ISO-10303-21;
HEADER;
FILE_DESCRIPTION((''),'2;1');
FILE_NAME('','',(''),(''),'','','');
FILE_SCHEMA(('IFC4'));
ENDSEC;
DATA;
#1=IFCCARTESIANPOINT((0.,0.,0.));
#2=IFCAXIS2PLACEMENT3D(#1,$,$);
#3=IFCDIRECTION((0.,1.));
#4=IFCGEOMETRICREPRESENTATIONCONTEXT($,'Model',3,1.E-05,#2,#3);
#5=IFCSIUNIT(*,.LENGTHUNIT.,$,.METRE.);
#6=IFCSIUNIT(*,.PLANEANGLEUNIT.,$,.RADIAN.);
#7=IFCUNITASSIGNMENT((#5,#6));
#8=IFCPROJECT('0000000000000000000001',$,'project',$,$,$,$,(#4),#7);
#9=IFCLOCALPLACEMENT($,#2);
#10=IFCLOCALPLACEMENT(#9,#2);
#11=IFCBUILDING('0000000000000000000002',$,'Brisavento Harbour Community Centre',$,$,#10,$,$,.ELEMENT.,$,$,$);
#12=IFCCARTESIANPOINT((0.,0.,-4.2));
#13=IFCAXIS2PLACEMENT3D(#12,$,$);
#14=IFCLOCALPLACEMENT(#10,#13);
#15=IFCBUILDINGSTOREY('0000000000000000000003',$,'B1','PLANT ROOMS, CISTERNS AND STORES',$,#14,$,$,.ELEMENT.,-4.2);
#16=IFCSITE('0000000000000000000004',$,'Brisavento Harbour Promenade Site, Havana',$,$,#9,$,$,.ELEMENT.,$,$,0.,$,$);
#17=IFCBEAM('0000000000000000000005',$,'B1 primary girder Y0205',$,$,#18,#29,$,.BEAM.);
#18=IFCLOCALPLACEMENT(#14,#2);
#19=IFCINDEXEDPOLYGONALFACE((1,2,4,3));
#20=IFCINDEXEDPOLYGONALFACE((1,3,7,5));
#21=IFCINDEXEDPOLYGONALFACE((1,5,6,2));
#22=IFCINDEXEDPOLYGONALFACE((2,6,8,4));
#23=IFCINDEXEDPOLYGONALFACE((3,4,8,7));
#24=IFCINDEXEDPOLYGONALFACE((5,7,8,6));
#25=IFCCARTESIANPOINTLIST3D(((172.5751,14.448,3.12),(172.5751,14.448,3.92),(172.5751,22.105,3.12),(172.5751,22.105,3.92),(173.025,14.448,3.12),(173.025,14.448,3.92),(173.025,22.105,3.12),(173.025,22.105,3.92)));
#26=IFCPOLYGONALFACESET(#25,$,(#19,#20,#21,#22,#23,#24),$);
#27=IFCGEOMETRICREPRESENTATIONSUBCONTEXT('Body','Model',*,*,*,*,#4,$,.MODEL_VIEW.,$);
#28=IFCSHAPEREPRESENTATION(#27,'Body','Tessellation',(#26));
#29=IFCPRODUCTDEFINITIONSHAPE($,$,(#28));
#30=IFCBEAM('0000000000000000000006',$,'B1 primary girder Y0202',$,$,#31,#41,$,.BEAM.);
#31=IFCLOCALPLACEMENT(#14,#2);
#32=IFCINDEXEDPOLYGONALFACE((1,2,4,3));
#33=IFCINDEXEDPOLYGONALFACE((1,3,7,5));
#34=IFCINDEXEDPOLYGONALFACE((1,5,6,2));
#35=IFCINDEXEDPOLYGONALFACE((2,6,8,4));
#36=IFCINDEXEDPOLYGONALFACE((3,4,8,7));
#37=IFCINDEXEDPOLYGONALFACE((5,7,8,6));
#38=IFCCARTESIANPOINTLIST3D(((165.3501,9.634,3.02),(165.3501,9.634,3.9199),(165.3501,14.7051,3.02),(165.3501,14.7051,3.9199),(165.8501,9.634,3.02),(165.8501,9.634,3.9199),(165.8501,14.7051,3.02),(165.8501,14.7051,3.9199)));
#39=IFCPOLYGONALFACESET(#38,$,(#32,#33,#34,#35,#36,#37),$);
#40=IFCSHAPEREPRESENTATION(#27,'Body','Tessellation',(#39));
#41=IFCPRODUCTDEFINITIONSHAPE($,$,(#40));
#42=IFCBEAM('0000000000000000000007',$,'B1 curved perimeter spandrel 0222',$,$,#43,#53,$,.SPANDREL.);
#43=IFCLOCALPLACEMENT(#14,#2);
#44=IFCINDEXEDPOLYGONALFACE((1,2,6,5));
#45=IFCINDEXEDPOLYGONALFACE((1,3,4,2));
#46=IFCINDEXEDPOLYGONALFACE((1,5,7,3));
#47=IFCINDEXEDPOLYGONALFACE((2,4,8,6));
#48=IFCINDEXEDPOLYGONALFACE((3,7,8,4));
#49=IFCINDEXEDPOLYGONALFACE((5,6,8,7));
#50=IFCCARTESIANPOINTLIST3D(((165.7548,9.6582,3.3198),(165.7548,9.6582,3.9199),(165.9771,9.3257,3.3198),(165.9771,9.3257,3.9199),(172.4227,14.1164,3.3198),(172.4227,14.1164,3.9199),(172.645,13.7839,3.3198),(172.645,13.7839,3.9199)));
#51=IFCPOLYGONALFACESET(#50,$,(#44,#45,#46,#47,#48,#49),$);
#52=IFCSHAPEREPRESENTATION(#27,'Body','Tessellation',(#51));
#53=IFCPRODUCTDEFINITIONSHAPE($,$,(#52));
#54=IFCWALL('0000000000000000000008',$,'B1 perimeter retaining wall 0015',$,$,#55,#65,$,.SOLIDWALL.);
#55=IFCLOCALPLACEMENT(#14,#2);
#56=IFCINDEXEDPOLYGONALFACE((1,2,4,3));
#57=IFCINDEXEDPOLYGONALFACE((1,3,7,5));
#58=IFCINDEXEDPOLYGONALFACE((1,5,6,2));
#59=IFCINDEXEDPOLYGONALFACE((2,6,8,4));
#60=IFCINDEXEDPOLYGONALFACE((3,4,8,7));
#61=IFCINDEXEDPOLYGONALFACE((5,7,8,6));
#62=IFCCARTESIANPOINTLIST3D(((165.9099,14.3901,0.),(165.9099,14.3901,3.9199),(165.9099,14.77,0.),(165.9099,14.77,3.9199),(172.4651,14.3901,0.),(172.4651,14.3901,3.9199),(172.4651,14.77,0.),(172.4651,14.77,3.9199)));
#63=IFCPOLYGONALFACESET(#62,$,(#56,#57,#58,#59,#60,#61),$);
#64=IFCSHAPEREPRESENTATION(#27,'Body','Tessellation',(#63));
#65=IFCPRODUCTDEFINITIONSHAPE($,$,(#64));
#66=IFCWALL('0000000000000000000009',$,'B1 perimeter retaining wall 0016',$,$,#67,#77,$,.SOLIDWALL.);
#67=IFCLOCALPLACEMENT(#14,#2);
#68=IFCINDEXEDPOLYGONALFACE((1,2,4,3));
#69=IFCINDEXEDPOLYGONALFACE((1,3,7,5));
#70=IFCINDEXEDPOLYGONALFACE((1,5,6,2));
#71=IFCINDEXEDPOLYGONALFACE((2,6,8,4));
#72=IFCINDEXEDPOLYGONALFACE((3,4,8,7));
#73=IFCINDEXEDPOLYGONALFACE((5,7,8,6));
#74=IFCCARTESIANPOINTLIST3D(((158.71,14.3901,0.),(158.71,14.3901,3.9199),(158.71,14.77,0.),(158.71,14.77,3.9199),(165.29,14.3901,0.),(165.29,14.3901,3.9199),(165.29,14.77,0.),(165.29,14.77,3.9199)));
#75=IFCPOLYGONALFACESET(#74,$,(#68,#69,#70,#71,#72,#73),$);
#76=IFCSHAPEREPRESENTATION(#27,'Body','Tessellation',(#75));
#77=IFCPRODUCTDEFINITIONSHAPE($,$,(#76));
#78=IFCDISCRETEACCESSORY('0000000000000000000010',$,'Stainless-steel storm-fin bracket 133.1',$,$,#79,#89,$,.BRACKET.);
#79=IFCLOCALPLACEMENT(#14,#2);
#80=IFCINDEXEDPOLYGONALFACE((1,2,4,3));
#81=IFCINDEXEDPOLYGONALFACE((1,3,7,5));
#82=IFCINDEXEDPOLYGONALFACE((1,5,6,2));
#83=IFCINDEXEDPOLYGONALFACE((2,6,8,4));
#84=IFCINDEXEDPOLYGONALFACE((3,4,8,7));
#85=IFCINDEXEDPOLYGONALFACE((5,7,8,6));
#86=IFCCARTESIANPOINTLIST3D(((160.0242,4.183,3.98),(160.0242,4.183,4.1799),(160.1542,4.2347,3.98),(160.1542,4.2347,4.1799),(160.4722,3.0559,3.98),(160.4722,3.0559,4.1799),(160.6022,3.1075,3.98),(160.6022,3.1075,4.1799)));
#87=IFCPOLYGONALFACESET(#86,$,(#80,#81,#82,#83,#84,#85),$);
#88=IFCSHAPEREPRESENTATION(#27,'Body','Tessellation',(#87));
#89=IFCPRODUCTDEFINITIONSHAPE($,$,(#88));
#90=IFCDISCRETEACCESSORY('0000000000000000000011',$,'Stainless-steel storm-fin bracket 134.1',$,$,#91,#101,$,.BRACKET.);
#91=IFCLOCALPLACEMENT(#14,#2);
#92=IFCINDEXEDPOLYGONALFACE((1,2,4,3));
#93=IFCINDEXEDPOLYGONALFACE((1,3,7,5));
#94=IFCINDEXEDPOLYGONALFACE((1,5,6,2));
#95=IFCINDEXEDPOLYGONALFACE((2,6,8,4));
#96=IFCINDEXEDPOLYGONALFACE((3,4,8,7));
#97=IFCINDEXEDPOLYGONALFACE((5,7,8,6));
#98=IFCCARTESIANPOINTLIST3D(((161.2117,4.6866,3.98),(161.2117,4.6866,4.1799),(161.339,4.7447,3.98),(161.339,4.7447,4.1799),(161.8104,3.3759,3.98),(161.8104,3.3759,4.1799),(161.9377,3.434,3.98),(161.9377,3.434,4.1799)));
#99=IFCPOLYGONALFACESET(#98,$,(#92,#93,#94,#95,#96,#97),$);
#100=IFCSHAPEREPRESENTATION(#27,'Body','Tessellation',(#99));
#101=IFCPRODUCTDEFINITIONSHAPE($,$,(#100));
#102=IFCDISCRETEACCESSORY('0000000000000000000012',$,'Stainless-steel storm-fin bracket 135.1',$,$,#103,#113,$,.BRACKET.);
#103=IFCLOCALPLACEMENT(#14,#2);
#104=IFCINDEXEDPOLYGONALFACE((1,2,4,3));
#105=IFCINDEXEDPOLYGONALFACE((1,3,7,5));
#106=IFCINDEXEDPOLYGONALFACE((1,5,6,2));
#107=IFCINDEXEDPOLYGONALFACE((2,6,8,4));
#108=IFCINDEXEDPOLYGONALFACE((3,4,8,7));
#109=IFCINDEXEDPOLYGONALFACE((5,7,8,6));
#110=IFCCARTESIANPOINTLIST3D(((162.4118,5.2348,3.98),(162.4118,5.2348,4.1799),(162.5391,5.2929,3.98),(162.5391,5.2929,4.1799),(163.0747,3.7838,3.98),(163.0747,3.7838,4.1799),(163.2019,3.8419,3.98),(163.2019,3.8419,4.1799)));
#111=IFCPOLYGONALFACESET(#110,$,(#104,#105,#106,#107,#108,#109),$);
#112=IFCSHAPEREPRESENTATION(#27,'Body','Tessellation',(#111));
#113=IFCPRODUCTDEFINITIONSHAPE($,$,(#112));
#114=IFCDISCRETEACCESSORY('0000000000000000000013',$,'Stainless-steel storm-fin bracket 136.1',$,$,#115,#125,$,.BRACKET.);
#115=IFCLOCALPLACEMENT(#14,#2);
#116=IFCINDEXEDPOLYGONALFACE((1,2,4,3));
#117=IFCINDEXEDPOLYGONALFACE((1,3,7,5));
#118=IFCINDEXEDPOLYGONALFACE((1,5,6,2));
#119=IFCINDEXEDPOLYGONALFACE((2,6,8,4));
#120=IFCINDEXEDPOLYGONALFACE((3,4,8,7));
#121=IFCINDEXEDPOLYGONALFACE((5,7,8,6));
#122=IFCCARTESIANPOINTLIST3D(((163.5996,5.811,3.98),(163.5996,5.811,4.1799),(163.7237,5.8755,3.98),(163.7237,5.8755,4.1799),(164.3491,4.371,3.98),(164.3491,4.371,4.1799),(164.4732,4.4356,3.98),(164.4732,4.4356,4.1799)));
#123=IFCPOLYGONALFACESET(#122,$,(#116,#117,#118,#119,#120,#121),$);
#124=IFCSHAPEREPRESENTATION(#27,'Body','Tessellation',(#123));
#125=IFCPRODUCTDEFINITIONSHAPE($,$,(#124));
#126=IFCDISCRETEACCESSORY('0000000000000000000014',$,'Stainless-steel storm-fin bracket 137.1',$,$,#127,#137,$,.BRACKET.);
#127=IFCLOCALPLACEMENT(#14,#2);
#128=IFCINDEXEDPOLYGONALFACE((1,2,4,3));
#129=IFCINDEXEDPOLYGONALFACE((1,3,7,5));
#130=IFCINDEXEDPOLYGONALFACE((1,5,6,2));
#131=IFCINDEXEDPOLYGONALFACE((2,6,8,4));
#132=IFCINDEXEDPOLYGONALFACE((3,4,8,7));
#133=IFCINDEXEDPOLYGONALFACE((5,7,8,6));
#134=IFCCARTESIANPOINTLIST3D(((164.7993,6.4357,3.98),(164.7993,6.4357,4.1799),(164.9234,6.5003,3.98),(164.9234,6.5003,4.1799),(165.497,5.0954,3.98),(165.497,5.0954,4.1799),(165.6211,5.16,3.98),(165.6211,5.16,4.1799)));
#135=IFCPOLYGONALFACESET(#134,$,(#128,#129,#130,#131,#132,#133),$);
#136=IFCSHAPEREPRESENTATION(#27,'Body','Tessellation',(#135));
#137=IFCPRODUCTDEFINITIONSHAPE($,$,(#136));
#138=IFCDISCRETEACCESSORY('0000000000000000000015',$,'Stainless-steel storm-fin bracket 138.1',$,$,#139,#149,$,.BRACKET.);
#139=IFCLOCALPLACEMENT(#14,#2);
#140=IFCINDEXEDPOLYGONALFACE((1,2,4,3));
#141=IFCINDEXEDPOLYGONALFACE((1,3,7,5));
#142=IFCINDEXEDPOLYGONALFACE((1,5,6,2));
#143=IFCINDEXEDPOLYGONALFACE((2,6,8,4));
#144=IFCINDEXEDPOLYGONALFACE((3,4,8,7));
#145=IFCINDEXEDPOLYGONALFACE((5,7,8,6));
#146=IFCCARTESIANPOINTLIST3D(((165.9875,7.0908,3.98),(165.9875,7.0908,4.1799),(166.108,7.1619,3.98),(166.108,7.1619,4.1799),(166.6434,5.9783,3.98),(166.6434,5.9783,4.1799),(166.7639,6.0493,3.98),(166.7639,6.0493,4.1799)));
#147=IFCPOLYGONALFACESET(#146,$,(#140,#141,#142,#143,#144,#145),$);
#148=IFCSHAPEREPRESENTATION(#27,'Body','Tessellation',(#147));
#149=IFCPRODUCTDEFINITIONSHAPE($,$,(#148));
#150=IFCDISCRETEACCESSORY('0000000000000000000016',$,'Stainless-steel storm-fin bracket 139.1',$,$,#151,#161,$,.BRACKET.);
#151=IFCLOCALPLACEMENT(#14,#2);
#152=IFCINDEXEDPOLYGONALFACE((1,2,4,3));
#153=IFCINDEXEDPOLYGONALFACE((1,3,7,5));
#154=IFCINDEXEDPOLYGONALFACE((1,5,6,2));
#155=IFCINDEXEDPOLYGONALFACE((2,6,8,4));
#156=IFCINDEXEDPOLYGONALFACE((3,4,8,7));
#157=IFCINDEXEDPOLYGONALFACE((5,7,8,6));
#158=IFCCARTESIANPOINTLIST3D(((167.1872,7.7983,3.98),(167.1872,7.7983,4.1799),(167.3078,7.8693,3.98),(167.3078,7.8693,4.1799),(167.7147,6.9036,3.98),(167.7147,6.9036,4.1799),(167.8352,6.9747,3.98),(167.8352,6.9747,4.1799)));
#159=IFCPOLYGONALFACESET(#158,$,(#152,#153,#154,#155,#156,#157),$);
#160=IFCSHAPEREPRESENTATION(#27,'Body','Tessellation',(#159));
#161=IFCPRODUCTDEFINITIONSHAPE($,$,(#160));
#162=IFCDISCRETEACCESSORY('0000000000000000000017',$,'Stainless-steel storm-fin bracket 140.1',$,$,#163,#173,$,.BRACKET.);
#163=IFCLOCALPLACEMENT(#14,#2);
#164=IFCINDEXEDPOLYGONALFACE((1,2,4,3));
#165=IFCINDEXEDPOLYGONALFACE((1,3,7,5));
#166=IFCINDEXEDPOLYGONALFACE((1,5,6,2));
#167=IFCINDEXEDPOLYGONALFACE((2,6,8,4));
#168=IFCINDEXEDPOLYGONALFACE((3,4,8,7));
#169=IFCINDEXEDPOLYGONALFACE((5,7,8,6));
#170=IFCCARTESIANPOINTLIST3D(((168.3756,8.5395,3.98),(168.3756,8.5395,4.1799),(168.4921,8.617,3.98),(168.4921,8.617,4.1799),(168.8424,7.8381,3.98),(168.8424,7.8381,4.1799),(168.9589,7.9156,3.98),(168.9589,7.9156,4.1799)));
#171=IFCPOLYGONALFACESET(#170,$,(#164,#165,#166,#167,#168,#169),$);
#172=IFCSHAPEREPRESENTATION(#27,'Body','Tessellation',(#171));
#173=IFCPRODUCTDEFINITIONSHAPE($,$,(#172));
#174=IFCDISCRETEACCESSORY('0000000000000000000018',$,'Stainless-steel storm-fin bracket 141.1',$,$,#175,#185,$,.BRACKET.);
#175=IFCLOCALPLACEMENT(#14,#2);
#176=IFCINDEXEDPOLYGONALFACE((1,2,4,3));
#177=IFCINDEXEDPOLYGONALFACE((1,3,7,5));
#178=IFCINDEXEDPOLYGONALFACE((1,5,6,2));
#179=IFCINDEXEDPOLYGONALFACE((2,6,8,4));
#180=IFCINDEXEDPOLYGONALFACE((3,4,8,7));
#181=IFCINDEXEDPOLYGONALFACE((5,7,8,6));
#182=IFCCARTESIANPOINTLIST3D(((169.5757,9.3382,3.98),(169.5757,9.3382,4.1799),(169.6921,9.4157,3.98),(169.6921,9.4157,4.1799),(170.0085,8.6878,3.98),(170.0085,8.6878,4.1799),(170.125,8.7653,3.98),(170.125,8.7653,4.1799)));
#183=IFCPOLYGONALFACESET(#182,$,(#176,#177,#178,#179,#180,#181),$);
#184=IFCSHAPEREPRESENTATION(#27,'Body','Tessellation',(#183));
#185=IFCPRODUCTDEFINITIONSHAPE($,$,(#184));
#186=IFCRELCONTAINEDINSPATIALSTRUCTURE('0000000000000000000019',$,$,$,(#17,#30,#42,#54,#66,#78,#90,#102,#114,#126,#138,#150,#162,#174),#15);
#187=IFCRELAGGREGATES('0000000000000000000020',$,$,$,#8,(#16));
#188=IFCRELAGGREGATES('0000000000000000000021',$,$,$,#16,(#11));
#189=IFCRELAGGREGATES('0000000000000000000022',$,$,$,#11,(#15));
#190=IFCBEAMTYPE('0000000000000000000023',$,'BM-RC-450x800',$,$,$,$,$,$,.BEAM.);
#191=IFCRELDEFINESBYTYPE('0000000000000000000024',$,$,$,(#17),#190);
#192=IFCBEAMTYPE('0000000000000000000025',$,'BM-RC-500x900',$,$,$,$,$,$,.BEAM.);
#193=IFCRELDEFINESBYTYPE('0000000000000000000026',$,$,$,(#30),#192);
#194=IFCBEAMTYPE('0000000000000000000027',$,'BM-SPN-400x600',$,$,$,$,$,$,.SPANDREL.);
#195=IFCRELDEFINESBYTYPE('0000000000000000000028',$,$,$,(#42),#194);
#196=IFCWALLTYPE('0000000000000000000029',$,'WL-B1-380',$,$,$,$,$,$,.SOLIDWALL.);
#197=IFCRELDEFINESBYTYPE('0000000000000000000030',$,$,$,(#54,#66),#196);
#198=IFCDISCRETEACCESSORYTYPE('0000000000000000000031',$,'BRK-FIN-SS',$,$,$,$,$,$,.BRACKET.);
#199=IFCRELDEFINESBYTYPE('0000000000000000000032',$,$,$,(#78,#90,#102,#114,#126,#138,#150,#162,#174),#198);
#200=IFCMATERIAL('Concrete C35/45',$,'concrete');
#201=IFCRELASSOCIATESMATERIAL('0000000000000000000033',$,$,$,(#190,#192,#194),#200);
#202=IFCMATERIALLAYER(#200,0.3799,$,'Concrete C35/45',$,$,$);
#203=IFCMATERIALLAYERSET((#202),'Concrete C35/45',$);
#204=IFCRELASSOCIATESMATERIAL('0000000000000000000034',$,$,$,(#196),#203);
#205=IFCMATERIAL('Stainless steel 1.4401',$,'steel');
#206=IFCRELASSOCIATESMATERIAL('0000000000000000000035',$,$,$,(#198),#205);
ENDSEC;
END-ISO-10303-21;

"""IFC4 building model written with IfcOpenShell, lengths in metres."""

from ifc_helpers import new_model, si_unit, direction, frame, frame_2d, origin, origin_2d, place, context, subcontext, project, spatial, rectangle, extrude, material, layer, layer_set, material_profile, profile_set, type_object, element, save


model = new_model("IFC4")

# Units and contexts
model_context = context("Model", 3, precision=1e-05, world=origin(), true_north=direction((0.0, 1.0)))
body_context = subcontext(model_context, "Body", "Model", "MODEL_VIEW")
ifc_project = project(units=[si_unit("LENGTHUNIT", "METRE"), si_unit("PLANEANGLEUNIT", "RADIAN")], contexts=[model_context])

# Site, building, storey
site_placement = place(None, origin())
site = spatial("IfcSite", under=ifc_project, at=site_placement, Name="Brisavento Harbour Promenade Site, Havana", CompositionType="ELEMENT", RefElevation=0.0)
building_placement = place(site_placement, origin())
building = spatial("IfcBuilding", under=site, at=building_placement, Name="Brisavento Harbour Community Centre", CompositionType="ELEMENT")
storey_placement = place(building_placement, frame((0.0, 0.0, -4.2)))
storey = spatial("IfcBuildingStorey", under=building, at=storey_placement, Name="B1", Description="PLANT ROOMS, CISTERNS AND STORES", CompositionType="ELEMENT", Elevation=-4.2)

# Shared definitions
ifc_material_1 = material(Name="Concrete C35/45", Category="concrete")

# Beams
ifc_material_profile_1 = material_profile(ifc_material_1, rectangle(XDim=0.45, YDim=0.8, at=origin_2d()), Name="Concrete C35/45")
ifc_profile_set_1 = profile_set([ifc_material_profile_1], Name="Concrete C35/45")
beam_type_1 = type_object("IfcBeamType", Name="BM-RC-450x800", PredefinedType="BEAM", material=ifc_profile_set_1)
beam_1_placement = place(storey_placement, frame((172.8, 14.448, 3.52), z_axis=(0.0, 1.0, 0.0), x_axis=(-1.0, 0.0, 0.0)))
element("IfcBeam", 1, at=beam_1_placement, inside=storey, type_object=beam_type_1, Name="B1 primary girder Y0205", PredefinedType="BEAM", context=body_context, shape_type="SweptSolid", body=[
    extrude(rectangle(XDim=0.45, YDim=0.8, at=origin_2d()), origin(), (0.0, 0.0, 1.0), 7.657),
])
ifc_material_profile_2 = material_profile(ifc_material_1, rectangle(XDim=0.5, YDim=0.8999, at=origin_2d()), Name="Concrete C35/45")
ifc_profile_set_2 = profile_set([ifc_material_profile_2], Name="Concrete C35/45")
beam_type_2 = type_object("IfcBeamType", Name="BM-RC-500x900", PredefinedType="BEAM", material=ifc_profile_set_2)
beam_2_placement = place(storey_placement, frame((165.6001, 9.634, 3.47), z_axis=(0.0, 1.0, 0.0), x_axis=(-1.0, 0.0, 0.0)))
element("IfcBeam", 2, at=beam_2_placement, inside=storey, type_object=beam_type_2, Name="B1 primary girder Y0202", PredefinedType="BEAM", context=body_context, shape_type="SweptSolid", body=[
    extrude(rectangle(XDim=0.5, YDim=0.8999, at=origin_2d()), origin(), (0.0, 0.0, 1.0), 5.071),
])
ifc_material_profile_3 = material_profile(ifc_material_1, rectangle(XDim=0.3999, YDim=0.6001, at=origin_2d()), Name="Concrete C35/45")
ifc_profile_set_3 = profile_set([ifc_material_profile_3], Name="Concrete C35/45")
beam_type_3 = type_object("IfcBeamType", Name="BM-SPN-400x600", PredefinedType="SPANDREL", material=ifc_profile_set_3)
beam_3_placement = place(storey_placement, frame((165.866, 9.4919, 3.6199), z_axis=(0.831305, 0.555817, 0.0), x_axis=(-0.555817, 0.831305, 0.0)))
element("IfcBeam", 3, at=beam_3_placement, inside=storey, type_object=beam_type_3, Name="B1 curved perimeter spandrel 0222", PredefinedType="SPANDREL", context=body_context, shape_type="SweptSolid", body=[
    extrude(rectangle(XDim=0.3999, YDim=0.6001, at=origin_2d()), origin(), (0.0, 0.0, 1.0), 8.021),
])

# Walls
ifc_layer = layer(ifc_material_1, 0.3799, Name="Concrete C35/45")
ifc_layer_set = layer_set([ifc_layer], Name="Concrete C35/45")
wall_type = type_object("IfcWallType", Name="WL-B1-380", PredefinedType="SOLIDWALL", material=ifc_layer_set)
wall_1_placement = place(storey_placement, frame((172.4651, 14.5801, 0.0), z_axis=(0.0, 0.0, 1.0), x_axis=(-1.0, 0.0, 0.0)))
element("IfcWall", 4, at=wall_1_placement, inside=storey, type_object=wall_type, Name="B1 perimeter retaining wall 0015", PredefinedType="SOLIDWALL", context=body_context, shape_type="SweptSolid", body=[
    extrude(rectangle(XDim=6.5552, YDim=0.3799, at=frame_2d((3.2776, 0.0))), origin(), (0.0, 0.0, 1.0), 3.9199),
])
wall_2_placement = place(storey_placement, frame((165.29, 14.5801, 0.0), z_axis=(0.0, 0.0, 1.0), x_axis=(-1.0, 0.0, 0.0)))
element("IfcWall", 5, at=wall_2_placement, inside=storey, type_object=wall_type, Name="B1 perimeter retaining wall 0016", PredefinedType="SOLIDWALL", context=body_context, shape_type="SweptSolid", body=[
    extrude(rectangle(XDim=6.5801, YDim=0.3799, at=frame_2d((3.29, 0.0))), origin(), (0.0, 0.0, 1.0), 3.9199),
])

# Discrete accessories
ifc_material_2 = material(Name="Stainless steel 1.4401", Category="steel")
discrete_accessory_type = type_object("IfcDiscreteAccessoryType", Name="BRK-FIN-SS", PredefinedType="BRACKET", material=ifc_material_2)
discrete_accessory_1_placement = place(storey_placement, frame((160.3132, 3.6453, 3.98), z_axis=(0.0, 0.0, 1.0), x_axis=(0.369341, -0.929294, 0.0)))
element("IfcDiscreteAccessory", 6, at=discrete_accessory_1_placement, inside=storey, type_object=discrete_accessory_type, Name="Stainless-steel storm-fin bracket 133.1", PredefinedType="BRACKET", context=body_context, shape_type="SweptSolid", body=[
    extrude(rectangle(XDim=1.2129, YDim=0.1399, at=origin_2d()), origin(), (0.0, 0.0, 1.0), 0.2),
])
discrete_accessory_2_placement = place(storey_placement, frame((161.5747, 4.0603, 3.98), z_axis=(0.0, 0.0, 1.0), x_axis=(0.415519, -0.909585, 0.0)))
element("IfcDiscreteAccessory", 7, at=discrete_accessory_2_placement, inside=storey, type_object=discrete_accessory_type, Name="Stainless-steel storm-fin bracket 134.1", PredefinedType="BRACKET", context=body_context, shape_type="SweptSolid", body=[
    extrude(rectangle(XDim=1.4409, YDim=0.1399, at=origin_2d()), origin(), (0.0, 0.0, 1.0), 0.2),
])
discrete_accessory_3_placement = place(storey_placement, frame((162.8069, 4.5383, 3.98), z_axis=(0.0, 0.0, 1.0), x_axis=(0.415519, -0.909585, 0.0)))
element("IfcDiscreteAccessory", 8, at=discrete_accessory_3_placement, inside=storey, type_object=discrete_accessory_type, Name="Stainless-steel storm-fin bracket 135.1", PredefinedType="BRACKET", context=body_context, shape_type="SweptSolid", body=[
    extrude(rectangle(XDim=1.5952, YDim=0.1399, at=origin_2d()), origin(), (0.0, 0.0, 1.0), 0.2),
])
discrete_accessory_4_placement = place(storey_placement, frame((164.0364, 5.1233, 3.98), z_axis=(0.0, 0.0, 1.0), x_axis=(0.461702, -0.887035, 0.0)))
element("IfcDiscreteAccessory", 9, at=discrete_accessory_4_placement, inside=storey, type_object=discrete_accessory_type, Name="Stainless-steel storm-fin bracket 136.1", PredefinedType="BRACKET", context=body_context, shape_type="SweptSolid", body=[
    extrude(rectangle(XDim=1.6233, YDim=0.1399, at=origin_2d()), origin(), (0.0, 0.0, 1.0), 0.2),
])
discrete_accessory_5_placement = place(storey_placement, frame((165.2102, 5.7979, 3.98), z_axis=(0.0, 0.0, 1.0), x_axis=(0.461702, -0.887035, 0.0)))
element("IfcDiscreteAccessory", 10, at=discrete_accessory_5_placement, inside=storey, type_object=discrete_accessory_type, Name="Stainless-steel storm-fin bracket 137.1", PredefinedType="BRACKET", context=body_context, shape_type="SweptSolid", body=[
    extrude(rectangle(XDim=1.511, YDim=0.1399, at=origin_2d()), origin(), (0.0, 0.0, 1.0), 0.2),
])
discrete_accessory_6_placement = place(storey_placement, frame((166.3757, 6.5701, 3.98), z_axis=(0.0, 0.0, 1.0), x_axis=(0.507869, -0.861434, 0.0)))
element("IfcDiscreteAccessory", 11, at=discrete_accessory_6_placement, inside=storey, type_object=discrete_accessory_type, Name="Stainless-steel storm-fin bracket 138.1", PredefinedType="BRACKET", context=body_context, shape_type="SweptSolid", body=[
    extrude(rectangle(XDim=1.2915, YDim=0.1399, at=origin_2d()), origin(), (0.0, 0.0, 1.0), 0.2),
])
discrete_accessory_7_placement = place(storey_placement, frame((167.5112, 7.3865, 3.98), z_axis=(0.0, 0.0, 1.0), x_axis=(0.507869, -0.861434, 0.0)))
element("IfcDiscreteAccessory", 12, at=discrete_accessory_7_placement, inside=storey, type_object=discrete_accessory_type, Name="Stainless-steel storm-fin bracket 139.1", PredefinedType="BRACKET", context=body_context, shape_type="SweptSolid", body=[
    extrude(rectangle(XDim=1.0386, YDim=0.1399, at=origin_2d()), origin(), (0.0, 0.0, 1.0), 0.2),
])
discrete_accessory_8_placement = place(storey_placement, frame((168.6672, 8.2275, 3.98), z_axis=(0.0, 0.0, 1.0), x_axis=(0.55406, -0.832477, 0.0)))
element("IfcDiscreteAccessory", 13, at=discrete_accessory_8_placement, inside=storey, type_object=discrete_accessory_type, Name="Stainless-steel storm-fin bracket 140.1", PredefinedType="BRACKET", context=body_context, shape_type="SweptSolid", body=[
    extrude(rectangle(XDim=0.8425, YDim=0.1399, at=origin_2d()), origin(), (0.0, 0.0, 1.0), 0.2),
])
discrete_accessory_9_placement = place(storey_placement, frame((169.8503, 9.0518, 3.98), z_axis=(0.0, 0.0, 1.0), x_axis=(0.55406, -0.832477, 0.0)))
element("IfcDiscreteAccessory", 14, at=discrete_accessory_9_placement, inside=storey, type_object=discrete_accessory_type, Name="Stainless-steel storm-fin bracket 141.1", PredefinedType="BRACKET", context=body_context, shape_type="SweptSolid", body=[
    extrude(rectangle(XDim=0.7812, YDim=0.1399, at=origin_2d()), origin(), (0.0, 0.0, 1.0), 0.2),
])

save(model, "model.ifc")
